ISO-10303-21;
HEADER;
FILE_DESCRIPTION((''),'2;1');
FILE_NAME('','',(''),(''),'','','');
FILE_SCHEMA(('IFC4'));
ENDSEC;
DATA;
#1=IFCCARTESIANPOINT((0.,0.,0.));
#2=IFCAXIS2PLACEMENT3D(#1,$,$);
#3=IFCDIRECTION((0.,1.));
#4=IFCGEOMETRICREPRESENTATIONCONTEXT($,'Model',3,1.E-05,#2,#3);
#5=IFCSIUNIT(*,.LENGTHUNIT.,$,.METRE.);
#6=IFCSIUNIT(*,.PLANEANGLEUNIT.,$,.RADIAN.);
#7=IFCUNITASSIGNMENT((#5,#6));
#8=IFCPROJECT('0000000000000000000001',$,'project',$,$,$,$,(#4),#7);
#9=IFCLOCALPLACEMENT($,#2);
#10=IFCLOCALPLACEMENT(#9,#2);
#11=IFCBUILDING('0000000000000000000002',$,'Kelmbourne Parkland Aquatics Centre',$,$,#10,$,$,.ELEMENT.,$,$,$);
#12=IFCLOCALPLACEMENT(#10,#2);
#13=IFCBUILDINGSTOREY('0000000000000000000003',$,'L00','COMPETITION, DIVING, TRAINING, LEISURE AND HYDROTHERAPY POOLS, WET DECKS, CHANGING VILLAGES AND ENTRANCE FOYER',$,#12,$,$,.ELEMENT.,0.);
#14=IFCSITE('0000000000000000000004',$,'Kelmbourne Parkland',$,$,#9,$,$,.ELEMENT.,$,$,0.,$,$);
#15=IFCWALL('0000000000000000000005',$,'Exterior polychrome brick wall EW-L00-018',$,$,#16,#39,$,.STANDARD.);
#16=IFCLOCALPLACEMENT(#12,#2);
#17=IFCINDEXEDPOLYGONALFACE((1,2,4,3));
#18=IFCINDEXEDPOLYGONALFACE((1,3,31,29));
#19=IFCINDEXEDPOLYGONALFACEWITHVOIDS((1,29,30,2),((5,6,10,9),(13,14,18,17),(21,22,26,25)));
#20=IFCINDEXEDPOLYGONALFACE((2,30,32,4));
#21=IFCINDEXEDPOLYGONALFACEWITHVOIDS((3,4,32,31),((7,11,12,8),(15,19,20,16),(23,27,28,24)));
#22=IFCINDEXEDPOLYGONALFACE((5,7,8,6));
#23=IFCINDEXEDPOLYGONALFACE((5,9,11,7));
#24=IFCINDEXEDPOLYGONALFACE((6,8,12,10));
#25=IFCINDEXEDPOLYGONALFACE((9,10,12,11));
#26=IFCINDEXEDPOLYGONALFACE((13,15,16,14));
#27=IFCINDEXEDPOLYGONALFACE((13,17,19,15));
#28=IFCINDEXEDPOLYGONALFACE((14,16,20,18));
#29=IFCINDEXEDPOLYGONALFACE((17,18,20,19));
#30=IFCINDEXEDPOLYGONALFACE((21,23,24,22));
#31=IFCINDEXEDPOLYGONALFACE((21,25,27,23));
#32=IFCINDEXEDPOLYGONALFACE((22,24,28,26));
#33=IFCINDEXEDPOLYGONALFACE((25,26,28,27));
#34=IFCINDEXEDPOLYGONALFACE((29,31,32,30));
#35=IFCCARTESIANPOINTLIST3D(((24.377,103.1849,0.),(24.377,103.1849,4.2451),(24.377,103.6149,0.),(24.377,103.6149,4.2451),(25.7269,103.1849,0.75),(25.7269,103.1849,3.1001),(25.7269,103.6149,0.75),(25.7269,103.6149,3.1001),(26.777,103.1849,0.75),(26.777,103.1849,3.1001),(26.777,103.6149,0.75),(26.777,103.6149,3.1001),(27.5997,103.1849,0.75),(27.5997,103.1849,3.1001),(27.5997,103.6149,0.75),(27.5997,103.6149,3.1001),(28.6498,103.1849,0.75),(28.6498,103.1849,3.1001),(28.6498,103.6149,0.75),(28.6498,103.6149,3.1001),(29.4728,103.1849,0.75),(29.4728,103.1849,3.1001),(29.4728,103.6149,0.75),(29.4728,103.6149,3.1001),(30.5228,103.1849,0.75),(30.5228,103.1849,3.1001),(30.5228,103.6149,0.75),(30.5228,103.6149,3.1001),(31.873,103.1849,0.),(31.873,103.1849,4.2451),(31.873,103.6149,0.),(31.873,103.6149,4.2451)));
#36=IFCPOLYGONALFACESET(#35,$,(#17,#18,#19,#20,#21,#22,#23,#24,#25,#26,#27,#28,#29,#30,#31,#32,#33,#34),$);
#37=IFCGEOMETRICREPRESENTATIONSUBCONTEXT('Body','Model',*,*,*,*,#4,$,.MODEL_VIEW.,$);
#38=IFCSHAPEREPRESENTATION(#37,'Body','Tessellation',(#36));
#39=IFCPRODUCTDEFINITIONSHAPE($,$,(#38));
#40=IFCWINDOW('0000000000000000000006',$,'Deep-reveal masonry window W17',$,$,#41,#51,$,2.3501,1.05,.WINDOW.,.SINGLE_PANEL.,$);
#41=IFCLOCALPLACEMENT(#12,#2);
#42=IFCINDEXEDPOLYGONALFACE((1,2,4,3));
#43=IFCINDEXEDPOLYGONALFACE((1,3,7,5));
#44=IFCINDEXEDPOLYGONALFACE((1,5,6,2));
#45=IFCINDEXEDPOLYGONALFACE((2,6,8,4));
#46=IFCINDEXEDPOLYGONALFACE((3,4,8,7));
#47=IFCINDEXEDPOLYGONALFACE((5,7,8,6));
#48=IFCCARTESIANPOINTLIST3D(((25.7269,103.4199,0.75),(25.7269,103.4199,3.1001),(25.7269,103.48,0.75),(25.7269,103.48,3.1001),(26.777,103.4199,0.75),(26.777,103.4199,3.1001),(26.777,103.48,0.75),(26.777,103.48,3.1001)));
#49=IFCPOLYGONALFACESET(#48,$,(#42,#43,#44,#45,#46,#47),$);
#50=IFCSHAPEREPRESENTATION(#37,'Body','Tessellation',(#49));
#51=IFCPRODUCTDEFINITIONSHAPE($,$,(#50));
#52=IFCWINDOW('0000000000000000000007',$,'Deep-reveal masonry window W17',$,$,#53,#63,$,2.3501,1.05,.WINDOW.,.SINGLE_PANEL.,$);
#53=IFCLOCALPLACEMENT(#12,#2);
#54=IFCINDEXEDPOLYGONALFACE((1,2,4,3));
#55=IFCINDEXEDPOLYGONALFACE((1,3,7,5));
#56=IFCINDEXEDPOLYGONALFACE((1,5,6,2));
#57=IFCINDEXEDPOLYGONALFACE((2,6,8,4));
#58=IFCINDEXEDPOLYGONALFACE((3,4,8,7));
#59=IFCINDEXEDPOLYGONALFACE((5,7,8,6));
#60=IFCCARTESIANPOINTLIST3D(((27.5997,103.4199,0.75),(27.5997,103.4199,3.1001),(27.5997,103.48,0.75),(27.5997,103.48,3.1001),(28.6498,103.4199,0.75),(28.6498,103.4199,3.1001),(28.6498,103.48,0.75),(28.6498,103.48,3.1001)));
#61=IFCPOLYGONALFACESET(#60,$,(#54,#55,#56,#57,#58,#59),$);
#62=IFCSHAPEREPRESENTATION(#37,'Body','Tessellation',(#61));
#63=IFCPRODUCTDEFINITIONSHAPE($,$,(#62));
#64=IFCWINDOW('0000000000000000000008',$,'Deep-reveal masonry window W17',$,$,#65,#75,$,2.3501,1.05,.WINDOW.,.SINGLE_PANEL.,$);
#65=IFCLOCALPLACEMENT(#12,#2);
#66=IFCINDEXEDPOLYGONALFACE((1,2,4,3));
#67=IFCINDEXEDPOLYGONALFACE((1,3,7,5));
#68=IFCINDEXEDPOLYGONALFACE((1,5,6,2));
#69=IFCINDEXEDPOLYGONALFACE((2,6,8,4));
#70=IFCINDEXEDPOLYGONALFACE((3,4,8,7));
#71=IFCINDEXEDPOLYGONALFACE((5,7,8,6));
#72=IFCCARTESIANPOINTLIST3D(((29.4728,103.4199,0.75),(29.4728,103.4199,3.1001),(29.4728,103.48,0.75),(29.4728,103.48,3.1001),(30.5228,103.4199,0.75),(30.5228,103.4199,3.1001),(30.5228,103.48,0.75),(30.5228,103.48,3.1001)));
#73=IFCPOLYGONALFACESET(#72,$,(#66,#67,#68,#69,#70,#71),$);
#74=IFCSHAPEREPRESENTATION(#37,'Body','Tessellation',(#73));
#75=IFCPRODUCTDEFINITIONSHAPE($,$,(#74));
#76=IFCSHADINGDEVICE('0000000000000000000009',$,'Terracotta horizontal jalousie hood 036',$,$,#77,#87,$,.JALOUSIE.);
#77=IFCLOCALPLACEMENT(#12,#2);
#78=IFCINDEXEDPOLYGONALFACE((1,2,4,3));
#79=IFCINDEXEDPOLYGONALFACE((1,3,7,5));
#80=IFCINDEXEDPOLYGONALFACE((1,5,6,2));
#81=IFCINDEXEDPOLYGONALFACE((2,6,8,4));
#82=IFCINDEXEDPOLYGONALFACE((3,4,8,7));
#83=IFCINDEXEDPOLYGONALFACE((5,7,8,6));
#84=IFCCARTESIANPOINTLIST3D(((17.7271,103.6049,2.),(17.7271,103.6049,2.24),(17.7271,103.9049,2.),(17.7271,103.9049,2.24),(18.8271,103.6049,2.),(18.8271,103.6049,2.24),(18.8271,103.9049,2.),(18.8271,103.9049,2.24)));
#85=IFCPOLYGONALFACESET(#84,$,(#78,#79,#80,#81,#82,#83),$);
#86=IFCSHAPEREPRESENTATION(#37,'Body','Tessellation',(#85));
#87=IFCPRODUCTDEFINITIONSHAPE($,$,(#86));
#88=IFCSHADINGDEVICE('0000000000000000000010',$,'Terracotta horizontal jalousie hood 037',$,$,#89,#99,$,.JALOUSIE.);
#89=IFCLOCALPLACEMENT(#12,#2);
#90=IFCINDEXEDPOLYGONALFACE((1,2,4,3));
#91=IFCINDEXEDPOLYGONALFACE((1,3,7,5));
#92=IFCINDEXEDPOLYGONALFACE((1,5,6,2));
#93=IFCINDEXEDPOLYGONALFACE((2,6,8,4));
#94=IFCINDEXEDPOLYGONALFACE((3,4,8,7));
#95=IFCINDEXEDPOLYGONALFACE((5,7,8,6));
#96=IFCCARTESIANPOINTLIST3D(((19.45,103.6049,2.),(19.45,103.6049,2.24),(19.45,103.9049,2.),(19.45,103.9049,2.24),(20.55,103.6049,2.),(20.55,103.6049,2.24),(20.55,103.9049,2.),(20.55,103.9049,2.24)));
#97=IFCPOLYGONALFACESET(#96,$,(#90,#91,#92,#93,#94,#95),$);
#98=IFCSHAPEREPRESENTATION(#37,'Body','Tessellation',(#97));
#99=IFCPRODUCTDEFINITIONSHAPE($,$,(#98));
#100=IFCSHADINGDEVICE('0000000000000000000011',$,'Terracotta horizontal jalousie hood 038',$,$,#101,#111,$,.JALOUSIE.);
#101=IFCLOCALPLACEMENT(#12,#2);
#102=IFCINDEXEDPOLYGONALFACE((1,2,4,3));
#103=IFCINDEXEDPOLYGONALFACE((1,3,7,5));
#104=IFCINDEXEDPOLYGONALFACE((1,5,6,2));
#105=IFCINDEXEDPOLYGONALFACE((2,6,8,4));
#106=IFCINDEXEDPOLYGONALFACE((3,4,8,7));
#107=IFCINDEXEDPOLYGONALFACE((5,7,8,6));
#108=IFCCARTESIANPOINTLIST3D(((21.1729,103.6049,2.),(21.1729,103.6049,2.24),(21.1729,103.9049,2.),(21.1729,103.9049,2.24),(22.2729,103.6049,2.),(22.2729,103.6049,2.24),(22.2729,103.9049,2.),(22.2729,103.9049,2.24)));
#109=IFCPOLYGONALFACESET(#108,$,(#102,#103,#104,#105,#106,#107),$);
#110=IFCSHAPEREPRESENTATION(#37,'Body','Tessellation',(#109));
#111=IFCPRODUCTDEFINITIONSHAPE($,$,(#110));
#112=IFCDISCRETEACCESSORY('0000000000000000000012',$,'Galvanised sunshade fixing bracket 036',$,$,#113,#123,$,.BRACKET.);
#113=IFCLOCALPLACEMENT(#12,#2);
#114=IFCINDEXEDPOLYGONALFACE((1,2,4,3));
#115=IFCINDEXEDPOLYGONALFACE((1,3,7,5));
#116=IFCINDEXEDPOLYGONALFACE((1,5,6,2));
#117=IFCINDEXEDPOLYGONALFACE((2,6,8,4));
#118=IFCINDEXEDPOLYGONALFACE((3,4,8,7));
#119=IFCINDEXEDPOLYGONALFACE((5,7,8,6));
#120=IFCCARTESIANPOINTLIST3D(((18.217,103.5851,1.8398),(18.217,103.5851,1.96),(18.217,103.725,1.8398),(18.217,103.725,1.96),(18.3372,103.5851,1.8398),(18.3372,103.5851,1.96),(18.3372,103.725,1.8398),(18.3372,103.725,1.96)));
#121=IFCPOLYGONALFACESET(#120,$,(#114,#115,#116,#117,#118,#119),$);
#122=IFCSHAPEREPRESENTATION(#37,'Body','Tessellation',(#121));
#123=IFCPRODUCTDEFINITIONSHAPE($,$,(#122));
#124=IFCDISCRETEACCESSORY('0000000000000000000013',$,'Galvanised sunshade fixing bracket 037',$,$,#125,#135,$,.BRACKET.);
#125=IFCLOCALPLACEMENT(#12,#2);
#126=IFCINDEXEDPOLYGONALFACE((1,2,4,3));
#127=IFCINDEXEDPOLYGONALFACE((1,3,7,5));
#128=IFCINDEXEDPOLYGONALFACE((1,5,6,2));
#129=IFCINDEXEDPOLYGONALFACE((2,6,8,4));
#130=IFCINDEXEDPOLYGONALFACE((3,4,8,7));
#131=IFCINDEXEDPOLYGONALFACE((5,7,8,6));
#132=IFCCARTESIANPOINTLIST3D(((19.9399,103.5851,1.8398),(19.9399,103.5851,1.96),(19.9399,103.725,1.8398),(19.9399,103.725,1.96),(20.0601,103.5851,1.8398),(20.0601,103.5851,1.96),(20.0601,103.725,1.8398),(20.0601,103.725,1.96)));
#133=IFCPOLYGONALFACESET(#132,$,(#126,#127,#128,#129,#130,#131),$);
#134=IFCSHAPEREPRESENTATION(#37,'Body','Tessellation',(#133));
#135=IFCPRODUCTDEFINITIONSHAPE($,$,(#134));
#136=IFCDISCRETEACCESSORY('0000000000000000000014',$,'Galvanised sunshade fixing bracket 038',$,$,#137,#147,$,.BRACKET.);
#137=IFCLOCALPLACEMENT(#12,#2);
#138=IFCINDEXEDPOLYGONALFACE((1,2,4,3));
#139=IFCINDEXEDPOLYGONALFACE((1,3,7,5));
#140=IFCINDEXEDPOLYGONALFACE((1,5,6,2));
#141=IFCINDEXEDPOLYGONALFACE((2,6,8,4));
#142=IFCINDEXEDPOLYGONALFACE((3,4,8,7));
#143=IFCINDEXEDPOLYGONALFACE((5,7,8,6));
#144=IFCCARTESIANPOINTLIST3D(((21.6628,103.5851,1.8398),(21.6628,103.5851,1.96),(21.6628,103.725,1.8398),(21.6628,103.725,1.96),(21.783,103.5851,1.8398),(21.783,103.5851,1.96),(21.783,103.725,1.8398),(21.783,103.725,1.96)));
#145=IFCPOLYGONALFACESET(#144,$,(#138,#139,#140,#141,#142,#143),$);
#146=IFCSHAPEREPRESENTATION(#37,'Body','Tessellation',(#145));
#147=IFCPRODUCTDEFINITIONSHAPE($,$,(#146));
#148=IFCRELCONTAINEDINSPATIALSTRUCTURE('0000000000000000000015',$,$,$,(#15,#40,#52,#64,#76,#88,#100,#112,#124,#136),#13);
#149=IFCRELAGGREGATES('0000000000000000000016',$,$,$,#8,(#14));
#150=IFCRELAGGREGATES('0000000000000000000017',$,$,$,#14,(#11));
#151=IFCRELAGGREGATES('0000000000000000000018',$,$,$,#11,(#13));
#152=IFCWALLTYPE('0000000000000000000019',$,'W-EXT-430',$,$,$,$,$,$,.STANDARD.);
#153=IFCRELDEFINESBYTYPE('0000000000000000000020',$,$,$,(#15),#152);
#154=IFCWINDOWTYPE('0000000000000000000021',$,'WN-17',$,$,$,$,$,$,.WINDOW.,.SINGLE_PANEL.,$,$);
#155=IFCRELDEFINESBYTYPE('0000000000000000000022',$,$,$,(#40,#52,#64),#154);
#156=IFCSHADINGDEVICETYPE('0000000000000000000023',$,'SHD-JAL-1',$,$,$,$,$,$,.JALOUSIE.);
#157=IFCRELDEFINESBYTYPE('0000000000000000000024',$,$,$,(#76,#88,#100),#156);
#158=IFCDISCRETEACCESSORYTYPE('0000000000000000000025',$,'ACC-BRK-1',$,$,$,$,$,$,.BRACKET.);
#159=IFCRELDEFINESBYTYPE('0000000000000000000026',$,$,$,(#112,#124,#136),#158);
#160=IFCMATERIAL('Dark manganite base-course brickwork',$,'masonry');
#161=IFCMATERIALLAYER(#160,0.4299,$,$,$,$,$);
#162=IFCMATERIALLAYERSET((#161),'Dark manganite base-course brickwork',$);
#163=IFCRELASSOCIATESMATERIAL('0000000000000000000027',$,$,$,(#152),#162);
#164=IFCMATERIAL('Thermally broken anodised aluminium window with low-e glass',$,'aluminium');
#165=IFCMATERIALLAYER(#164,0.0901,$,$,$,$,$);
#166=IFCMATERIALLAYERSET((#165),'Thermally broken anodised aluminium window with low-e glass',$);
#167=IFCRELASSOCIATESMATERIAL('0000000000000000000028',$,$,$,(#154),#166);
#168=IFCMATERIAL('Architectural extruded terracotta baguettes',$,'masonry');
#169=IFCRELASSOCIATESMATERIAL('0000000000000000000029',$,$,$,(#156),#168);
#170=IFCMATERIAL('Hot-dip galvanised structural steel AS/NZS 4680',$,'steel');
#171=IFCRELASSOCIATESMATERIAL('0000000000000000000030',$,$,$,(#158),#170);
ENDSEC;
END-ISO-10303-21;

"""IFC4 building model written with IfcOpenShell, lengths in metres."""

from ifc_helpers import new_model, si_unit, direction, frame, frame_2d, origin, origin_2d, place, context, subcontext, project, spatial, rectangle, extrude, material, layer, layer_set, type_object, element, fill, save


model = new_model("IFC4")

# Units and contexts
model_context = context("Model", 3, precision=1e-05, world=origin(), true_north=direction((0.0, 1.0)))
body_context = subcontext(model_context, "Body", "Model", "MODEL_VIEW")
ifc_project = project(units=[si_unit("LENGTHUNIT", "METRE"), si_unit("PLANEANGLEUNIT", "RADIAN")], contexts=[model_context])

# Site, building, storey
site_placement = place(None, origin())
site = spatial("IfcSite", under=ifc_project, at=site_placement, Name="Kelmbourne Parkland", CompositionType="ELEMENT", RefElevation=0.0)
building_placement = place(site_placement, origin())
building = spatial("IfcBuilding", under=site, at=building_placement, Name="Kelmbourne Parkland Aquatics Centre", CompositionType="ELEMENT")
storey_placement = place(building_placement, origin())
storey = spatial("IfcBuildingStorey", under=building, at=storey_placement, Name="L00", Description="COMPETITION, DIVING, TRAINING, LEISURE AND HYDROTHERAPY POOLS, WET DECKS, CHANGING VILLAGES AND ENTRANCE FOYER", CompositionType="ELEMENT", Elevation=0.0)

# Wall, openings, windows
ifc_material_1 = material(Name="Dark manganite base-course brickwork", Category="masonry")
ifc_layer_1 = layer(ifc_material_1, 0.4299)
ifc_layer_set_1 = layer_set([ifc_layer_1], Name="Dark manganite base-course brickwork")
wall_type = type_object("IfcWallType", Name="W-EXT-430", PredefinedType="STANDARD", material=ifc_layer_set_1)
wall_placement = place(storey_placement, frame((24.377, 103.3999, 0.0), z_axis=(0.0, 0.0, 1.0), x_axis=(1.0, 0.0, 0.0)))
wall = element("IfcWall", 1, at=wall_placement, inside=storey, type_object=wall_type, Name="Exterior polychrome brick wall EW-L00-018", PredefinedType="STANDARD", context=body_context, shape_type="SweptSolid", body=[
    extrude(rectangle(XDim=7.4961, YDim=0.4299, at=frame_2d((3.748, 0.0))), origin(), (0.0, 0.0, 1.0), 4.2451),
])
opening_1_placement = place(wall_placement, frame((1.3501, 0.0, 0.75)))
opening_1 = element("IfcOpeningElement", 2, at=opening_1_placement, cuts=wall, PredefinedType="OPENING", context=body_context, shape_type="SweptSolid", body=[
    extrude(rectangle(XDim=1.05, YDim=2.3501, at=frame_2d((0.5249, 1.175))), frame((0.0, 0.2271, 0.0), z_axis=(0.0, -1.0, 0.0), x_axis=(1.0, 0.0, 0.0)), (0.0, 0.0, 1.0), 0.4539),
])
opening_2_placement = place(wall_placement, frame((3.2229, 0.0, 0.75)))
opening_2 = element("IfcOpeningElement", 3, at=opening_2_placement, cuts=wall, PredefinedType="OPENING", context=body_context, shape_type="SweptSolid", body=[
    extrude(rectangle(XDim=1.05, YDim=2.3501, at=frame_2d((0.5249, 1.175))), frame((0.0, 0.2271, 0.0), z_axis=(0.0, -1.0, 0.0), x_axis=(1.0, 0.0, 0.0)), (0.0, 0.0, 1.0), 0.4539),
])
opening_3_placement = place(wall_placement, frame((5.0959, 0.0, 0.75)))
opening_3 = element("IfcOpeningElement", 4, at=opening_3_placement, cuts=wall, PredefinedType="OPENING", context=body_context, shape_type="SweptSolid", body=[
    extrude(rectangle(XDim=1.05, YDim=2.3501, at=frame_2d((0.5249, 1.175))), frame((0.0, 0.2271, 0.0), z_axis=(0.0, -1.0, 0.0), x_axis=(1.0, 0.0, 0.0)), (0.0, 0.0, 1.0), 0.4539),
])
ifc_material_2 = material(Name="Thermally broken anodised aluminium window with low-e glass", Category="aluminium")
ifc_layer_2 = layer(ifc_material_2, 0.0901)
ifc_layer_set_2 = layer_set([ifc_layer_2], Name="Thermally broken anodised aluminium window with low-e glass")
window_type = type_object("IfcWindowType", Name="WN-17", PartitioningType="SINGLE_PANEL", PredefinedType="WINDOW", material=ifc_layer_set_2)
window_1_placement = place(opening_1_placement, origin())
window_1 = element("IfcWindow", 5, at=window_1_placement, inside=storey, type_object=window_type, Name="Deep-reveal masonry window W17", OverallHeight=2.3501, OverallWidth=1.05, PartitioningType="SINGLE_PANEL", PredefinedType="WINDOW", context=body_context, shape_type="SweptSolid", body=[
    extrude(rectangle(XDim=1.05, YDim=2.3501, at=frame_2d((0.5249, 1.175))), frame((0.0, 0.0801, 0.0), z_axis=(0.0, -1.0, 0.0), x_axis=(1.0, 0.0, 0.0)), (0.0, 0.0, 1.0), 0.0601),
])
fill(opening_1, window_1)
window_2_placement = place(opening_2_placement, origin())
window_2 = element("IfcWindow", 6, at=window_2_placement, inside=storey, type_object=window_type, Name="Deep-reveal masonry window W17", OverallHeight=2.3501, OverallWidth=1.05, PartitioningType="SINGLE_PANEL", PredefinedType="WINDOW", context=body_context, shape_type="SweptSolid", body=[
    extrude(rectangle(XDim=1.05, YDim=2.3501, at=frame_2d((0.5249, 1.175))), frame((0.0, 0.0801, 0.0), z_axis=(0.0, -1.0, 0.0), x_axis=(1.0, 0.0, 0.0)), (0.0, 0.0, 1.0), 0.0601),
])
fill(opening_2, window_2)
window_3_placement = place(opening_3_placement, origin())
window_3 = element("IfcWindow", 7, at=window_3_placement, inside=storey, type_object=window_type, Name="Deep-reveal masonry window W17", OverallHeight=2.3501, OverallWidth=1.05, PartitioningType="SINGLE_PANEL", PredefinedType="WINDOW", context=body_context, shape_type="SweptSolid", body=[
    extrude(rectangle(XDim=1.05, YDim=2.3501, at=frame_2d((0.5249, 1.175))), frame((0.0, 0.0801, 0.0), z_axis=(0.0, -1.0, 0.0), x_axis=(1.0, 0.0, 0.0)), (0.0, 0.0, 1.0), 0.0601),
])
fill(opening_3, window_3)

# Shading devices
ifc_material_3 = material(Name="Architectural extruded terracotta baguettes", Category="masonry")
shading_device_type = type_object("IfcShadingDeviceType", Name="SHD-JAL-1", PredefinedType="JALOUSIE", material=ifc_material_3)
for number, where, z_axis, x_axis, name in (
    (8, (18.2771, 103.7549, 2.0), (0.0, 0.0, 1.0), (1.0, 0.0, 0.0), "Terracotta horizontal jalousie hood 036"),
    (9, (20.0, 103.7549, 2.0), (0.0, 0.0, 1.0), (1.0, 0.0, 0.0), "Terracotta horizontal jalousie hood 037"),
    (10, (21.7229, 103.7549, 2.0), (0.0, 0.0, 1.0), (1.0, 0.0, 0.0), "Terracotta horizontal jalousie hood 038"),
):
    element("IfcShadingDevice", number, at=place(storey_placement, frame(where, z_axis=z_axis, x_axis=x_axis)), inside=storey, type_object=shading_device_type, Name=name, PredefinedType="JALOUSIE", context=body_context, shape_type="SweptSolid", body=[
        extrude(rectangle(XDim=1.1001, YDim=0.3, at=origin_2d()), origin(), (0.0, 0.0, 1.0), 0.24),
    ])

# Discrete accessories
ifc_material_4 = material(Name="Hot-dip galvanised structural steel AS/NZS 4680", Category="steel")
discrete_accessory_type = type_object("IfcDiscreteAccessoryType", Name="ACC-BRK-1", PredefinedType="BRACKET", material=ifc_material_4)
for number, where, z_axis, x_axis, name in (
    (11, (18.2771, 103.655, 1.8398), (0.0, 0.0, 1.0), (1.0, 0.0, 0.0), "Galvanised sunshade fixing bracket 036"),
    (12, (20.0, 103.655, 1.8398), (0.0, 0.0, 1.0), (1.0, 0.0, 0.0), "Galvanised sunshade fixing bracket 037"),
    (13, (21.7229, 103.655, 1.8398), (0.0, 0.0, 1.0), (1.0, 0.0, 0.0), "Galvanised sunshade fixing bracket 038"),
):
    element("IfcDiscreteAccessory", number, at=place(storey_placement, frame(where, z_axis=z_axis, x_axis=x_axis)), inside=storey, type_object=discrete_accessory_type, Name=name, PredefinedType="BRACKET", context=body_context, shape_type="SweptSolid", body=[
        extrude(rectangle(XDim=0.1201, YDim=0.1399, at=origin_2d()), origin(), (0.0, 0.0, 1.0), 0.1201),
    ])

save(model, "model.ifc")
